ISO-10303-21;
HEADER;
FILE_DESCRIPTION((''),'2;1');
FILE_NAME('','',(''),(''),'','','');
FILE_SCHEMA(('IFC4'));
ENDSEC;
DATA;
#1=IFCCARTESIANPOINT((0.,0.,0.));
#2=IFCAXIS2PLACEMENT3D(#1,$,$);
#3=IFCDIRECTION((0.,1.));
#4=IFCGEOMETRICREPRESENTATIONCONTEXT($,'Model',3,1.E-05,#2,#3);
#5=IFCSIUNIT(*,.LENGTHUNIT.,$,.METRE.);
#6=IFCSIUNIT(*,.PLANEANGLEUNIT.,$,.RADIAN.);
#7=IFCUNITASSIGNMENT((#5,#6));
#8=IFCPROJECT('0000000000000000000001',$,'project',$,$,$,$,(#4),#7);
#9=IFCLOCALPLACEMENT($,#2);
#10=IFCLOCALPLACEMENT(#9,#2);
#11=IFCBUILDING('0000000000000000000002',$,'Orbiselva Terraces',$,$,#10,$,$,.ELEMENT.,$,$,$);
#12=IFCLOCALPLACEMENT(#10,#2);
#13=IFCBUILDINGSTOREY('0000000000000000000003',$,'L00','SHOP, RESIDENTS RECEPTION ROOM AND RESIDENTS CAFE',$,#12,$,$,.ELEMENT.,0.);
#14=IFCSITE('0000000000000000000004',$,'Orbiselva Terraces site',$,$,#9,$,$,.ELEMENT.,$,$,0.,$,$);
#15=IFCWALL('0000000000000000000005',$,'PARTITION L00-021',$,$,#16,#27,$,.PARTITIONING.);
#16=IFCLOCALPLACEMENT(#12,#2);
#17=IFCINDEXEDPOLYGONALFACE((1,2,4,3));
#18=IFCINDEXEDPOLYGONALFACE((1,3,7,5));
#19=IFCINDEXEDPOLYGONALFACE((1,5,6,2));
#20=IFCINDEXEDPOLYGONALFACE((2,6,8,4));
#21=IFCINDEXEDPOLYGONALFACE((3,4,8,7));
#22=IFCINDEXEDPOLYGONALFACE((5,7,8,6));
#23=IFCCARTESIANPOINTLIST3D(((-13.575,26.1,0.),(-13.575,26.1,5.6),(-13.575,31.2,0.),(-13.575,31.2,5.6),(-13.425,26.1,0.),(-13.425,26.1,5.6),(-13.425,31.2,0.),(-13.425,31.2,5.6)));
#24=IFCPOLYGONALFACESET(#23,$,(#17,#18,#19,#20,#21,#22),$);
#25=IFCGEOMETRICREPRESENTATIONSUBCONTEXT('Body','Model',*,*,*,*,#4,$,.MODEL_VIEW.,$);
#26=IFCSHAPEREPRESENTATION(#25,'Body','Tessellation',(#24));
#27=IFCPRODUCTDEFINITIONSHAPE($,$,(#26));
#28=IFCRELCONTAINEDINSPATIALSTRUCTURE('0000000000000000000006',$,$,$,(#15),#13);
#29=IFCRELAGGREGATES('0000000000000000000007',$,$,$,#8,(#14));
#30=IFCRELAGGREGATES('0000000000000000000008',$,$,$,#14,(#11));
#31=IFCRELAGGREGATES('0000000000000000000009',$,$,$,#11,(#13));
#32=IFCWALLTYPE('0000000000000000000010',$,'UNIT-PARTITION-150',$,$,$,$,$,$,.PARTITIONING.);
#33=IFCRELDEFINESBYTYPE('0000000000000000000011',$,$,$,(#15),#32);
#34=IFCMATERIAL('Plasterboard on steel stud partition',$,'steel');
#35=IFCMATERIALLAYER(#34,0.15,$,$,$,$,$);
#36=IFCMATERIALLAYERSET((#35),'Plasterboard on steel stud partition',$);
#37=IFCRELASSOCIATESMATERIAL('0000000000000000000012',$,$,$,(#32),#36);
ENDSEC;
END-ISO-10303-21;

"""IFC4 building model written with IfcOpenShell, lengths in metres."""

from ifc_helpers import new_model, si_unit, direction, frame, frame_2d, origin, place, context, subcontext, project, spatial, rectangle, extrude, material, layer, layer_set, type_object, element, save


model = new_model("IFC4")

# Units and contexts
model_context = context("Model", 3, precision=1e-05, world=origin(), true_north=direction((0.0, 1.0)))
body_context = subcontext(model_context, "Body", "Model", "MODEL_VIEW")
ifc_project = project(units=[si_unit("LENGTHUNIT", "METRE"), si_unit("PLANEANGLEUNIT", "RADIAN")], contexts=[model_context])

# Site, building, storey
site_placement = place(None, origin())
site = spatial("IfcSite", under=ifc_project, at=site_placement, Name="Orbiselva Terraces site", CompositionType="ELEMENT", RefElevation=0.0)
building_placement = place(site_placement, origin())
building = spatial("IfcBuilding", under=site, at=building_placement, Name="Orbiselva Terraces", CompositionType="ELEMENT")
storey_placement = place(building_placement, origin())
storey = spatial("IfcBuildingStorey", under=building, at=storey_placement, Name="L00", Description="SHOP, RESIDENTS RECEPTION ROOM AND RESIDENTS CAFE", CompositionType="ELEMENT", Elevation=0.0)

# Wall
ifc_material_1 = material(Name="Plasterboard on steel stud partition", Category="steel")
ifc_layer_1 = layer(ifc_material_1, 0.15)
ifc_layer_set_1 = layer_set([ifc_layer_1], Name="Plasterboard on steel stud partition")
wall_type_1 = type_object("IfcWallType", Name="UNIT-PARTITION-150", PredefinedType="PARTITIONING", material=ifc_layer_set_1)
wall_1_placement = place(storey_placement, frame((-13.5, 26.1, 0.0), z_axis=(0.0, 0.0, 1.0), x_axis=(0.0, 1.0, 0.0)))
element("IfcWall", 1, at=wall_1_placement, inside=storey, type_object=wall_type_1, Name="PARTITION L00-021", PredefinedType="PARTITIONING", context=body_context, shape_type="SweptSolid", body=[
    extrude(rectangle(XDim=5.1, YDim=0.15, at=frame_2d((2.55, 0.0))), origin(), (0.0, 0.0, 1.0), 5.6),
])

save(model, "model.ifc")
